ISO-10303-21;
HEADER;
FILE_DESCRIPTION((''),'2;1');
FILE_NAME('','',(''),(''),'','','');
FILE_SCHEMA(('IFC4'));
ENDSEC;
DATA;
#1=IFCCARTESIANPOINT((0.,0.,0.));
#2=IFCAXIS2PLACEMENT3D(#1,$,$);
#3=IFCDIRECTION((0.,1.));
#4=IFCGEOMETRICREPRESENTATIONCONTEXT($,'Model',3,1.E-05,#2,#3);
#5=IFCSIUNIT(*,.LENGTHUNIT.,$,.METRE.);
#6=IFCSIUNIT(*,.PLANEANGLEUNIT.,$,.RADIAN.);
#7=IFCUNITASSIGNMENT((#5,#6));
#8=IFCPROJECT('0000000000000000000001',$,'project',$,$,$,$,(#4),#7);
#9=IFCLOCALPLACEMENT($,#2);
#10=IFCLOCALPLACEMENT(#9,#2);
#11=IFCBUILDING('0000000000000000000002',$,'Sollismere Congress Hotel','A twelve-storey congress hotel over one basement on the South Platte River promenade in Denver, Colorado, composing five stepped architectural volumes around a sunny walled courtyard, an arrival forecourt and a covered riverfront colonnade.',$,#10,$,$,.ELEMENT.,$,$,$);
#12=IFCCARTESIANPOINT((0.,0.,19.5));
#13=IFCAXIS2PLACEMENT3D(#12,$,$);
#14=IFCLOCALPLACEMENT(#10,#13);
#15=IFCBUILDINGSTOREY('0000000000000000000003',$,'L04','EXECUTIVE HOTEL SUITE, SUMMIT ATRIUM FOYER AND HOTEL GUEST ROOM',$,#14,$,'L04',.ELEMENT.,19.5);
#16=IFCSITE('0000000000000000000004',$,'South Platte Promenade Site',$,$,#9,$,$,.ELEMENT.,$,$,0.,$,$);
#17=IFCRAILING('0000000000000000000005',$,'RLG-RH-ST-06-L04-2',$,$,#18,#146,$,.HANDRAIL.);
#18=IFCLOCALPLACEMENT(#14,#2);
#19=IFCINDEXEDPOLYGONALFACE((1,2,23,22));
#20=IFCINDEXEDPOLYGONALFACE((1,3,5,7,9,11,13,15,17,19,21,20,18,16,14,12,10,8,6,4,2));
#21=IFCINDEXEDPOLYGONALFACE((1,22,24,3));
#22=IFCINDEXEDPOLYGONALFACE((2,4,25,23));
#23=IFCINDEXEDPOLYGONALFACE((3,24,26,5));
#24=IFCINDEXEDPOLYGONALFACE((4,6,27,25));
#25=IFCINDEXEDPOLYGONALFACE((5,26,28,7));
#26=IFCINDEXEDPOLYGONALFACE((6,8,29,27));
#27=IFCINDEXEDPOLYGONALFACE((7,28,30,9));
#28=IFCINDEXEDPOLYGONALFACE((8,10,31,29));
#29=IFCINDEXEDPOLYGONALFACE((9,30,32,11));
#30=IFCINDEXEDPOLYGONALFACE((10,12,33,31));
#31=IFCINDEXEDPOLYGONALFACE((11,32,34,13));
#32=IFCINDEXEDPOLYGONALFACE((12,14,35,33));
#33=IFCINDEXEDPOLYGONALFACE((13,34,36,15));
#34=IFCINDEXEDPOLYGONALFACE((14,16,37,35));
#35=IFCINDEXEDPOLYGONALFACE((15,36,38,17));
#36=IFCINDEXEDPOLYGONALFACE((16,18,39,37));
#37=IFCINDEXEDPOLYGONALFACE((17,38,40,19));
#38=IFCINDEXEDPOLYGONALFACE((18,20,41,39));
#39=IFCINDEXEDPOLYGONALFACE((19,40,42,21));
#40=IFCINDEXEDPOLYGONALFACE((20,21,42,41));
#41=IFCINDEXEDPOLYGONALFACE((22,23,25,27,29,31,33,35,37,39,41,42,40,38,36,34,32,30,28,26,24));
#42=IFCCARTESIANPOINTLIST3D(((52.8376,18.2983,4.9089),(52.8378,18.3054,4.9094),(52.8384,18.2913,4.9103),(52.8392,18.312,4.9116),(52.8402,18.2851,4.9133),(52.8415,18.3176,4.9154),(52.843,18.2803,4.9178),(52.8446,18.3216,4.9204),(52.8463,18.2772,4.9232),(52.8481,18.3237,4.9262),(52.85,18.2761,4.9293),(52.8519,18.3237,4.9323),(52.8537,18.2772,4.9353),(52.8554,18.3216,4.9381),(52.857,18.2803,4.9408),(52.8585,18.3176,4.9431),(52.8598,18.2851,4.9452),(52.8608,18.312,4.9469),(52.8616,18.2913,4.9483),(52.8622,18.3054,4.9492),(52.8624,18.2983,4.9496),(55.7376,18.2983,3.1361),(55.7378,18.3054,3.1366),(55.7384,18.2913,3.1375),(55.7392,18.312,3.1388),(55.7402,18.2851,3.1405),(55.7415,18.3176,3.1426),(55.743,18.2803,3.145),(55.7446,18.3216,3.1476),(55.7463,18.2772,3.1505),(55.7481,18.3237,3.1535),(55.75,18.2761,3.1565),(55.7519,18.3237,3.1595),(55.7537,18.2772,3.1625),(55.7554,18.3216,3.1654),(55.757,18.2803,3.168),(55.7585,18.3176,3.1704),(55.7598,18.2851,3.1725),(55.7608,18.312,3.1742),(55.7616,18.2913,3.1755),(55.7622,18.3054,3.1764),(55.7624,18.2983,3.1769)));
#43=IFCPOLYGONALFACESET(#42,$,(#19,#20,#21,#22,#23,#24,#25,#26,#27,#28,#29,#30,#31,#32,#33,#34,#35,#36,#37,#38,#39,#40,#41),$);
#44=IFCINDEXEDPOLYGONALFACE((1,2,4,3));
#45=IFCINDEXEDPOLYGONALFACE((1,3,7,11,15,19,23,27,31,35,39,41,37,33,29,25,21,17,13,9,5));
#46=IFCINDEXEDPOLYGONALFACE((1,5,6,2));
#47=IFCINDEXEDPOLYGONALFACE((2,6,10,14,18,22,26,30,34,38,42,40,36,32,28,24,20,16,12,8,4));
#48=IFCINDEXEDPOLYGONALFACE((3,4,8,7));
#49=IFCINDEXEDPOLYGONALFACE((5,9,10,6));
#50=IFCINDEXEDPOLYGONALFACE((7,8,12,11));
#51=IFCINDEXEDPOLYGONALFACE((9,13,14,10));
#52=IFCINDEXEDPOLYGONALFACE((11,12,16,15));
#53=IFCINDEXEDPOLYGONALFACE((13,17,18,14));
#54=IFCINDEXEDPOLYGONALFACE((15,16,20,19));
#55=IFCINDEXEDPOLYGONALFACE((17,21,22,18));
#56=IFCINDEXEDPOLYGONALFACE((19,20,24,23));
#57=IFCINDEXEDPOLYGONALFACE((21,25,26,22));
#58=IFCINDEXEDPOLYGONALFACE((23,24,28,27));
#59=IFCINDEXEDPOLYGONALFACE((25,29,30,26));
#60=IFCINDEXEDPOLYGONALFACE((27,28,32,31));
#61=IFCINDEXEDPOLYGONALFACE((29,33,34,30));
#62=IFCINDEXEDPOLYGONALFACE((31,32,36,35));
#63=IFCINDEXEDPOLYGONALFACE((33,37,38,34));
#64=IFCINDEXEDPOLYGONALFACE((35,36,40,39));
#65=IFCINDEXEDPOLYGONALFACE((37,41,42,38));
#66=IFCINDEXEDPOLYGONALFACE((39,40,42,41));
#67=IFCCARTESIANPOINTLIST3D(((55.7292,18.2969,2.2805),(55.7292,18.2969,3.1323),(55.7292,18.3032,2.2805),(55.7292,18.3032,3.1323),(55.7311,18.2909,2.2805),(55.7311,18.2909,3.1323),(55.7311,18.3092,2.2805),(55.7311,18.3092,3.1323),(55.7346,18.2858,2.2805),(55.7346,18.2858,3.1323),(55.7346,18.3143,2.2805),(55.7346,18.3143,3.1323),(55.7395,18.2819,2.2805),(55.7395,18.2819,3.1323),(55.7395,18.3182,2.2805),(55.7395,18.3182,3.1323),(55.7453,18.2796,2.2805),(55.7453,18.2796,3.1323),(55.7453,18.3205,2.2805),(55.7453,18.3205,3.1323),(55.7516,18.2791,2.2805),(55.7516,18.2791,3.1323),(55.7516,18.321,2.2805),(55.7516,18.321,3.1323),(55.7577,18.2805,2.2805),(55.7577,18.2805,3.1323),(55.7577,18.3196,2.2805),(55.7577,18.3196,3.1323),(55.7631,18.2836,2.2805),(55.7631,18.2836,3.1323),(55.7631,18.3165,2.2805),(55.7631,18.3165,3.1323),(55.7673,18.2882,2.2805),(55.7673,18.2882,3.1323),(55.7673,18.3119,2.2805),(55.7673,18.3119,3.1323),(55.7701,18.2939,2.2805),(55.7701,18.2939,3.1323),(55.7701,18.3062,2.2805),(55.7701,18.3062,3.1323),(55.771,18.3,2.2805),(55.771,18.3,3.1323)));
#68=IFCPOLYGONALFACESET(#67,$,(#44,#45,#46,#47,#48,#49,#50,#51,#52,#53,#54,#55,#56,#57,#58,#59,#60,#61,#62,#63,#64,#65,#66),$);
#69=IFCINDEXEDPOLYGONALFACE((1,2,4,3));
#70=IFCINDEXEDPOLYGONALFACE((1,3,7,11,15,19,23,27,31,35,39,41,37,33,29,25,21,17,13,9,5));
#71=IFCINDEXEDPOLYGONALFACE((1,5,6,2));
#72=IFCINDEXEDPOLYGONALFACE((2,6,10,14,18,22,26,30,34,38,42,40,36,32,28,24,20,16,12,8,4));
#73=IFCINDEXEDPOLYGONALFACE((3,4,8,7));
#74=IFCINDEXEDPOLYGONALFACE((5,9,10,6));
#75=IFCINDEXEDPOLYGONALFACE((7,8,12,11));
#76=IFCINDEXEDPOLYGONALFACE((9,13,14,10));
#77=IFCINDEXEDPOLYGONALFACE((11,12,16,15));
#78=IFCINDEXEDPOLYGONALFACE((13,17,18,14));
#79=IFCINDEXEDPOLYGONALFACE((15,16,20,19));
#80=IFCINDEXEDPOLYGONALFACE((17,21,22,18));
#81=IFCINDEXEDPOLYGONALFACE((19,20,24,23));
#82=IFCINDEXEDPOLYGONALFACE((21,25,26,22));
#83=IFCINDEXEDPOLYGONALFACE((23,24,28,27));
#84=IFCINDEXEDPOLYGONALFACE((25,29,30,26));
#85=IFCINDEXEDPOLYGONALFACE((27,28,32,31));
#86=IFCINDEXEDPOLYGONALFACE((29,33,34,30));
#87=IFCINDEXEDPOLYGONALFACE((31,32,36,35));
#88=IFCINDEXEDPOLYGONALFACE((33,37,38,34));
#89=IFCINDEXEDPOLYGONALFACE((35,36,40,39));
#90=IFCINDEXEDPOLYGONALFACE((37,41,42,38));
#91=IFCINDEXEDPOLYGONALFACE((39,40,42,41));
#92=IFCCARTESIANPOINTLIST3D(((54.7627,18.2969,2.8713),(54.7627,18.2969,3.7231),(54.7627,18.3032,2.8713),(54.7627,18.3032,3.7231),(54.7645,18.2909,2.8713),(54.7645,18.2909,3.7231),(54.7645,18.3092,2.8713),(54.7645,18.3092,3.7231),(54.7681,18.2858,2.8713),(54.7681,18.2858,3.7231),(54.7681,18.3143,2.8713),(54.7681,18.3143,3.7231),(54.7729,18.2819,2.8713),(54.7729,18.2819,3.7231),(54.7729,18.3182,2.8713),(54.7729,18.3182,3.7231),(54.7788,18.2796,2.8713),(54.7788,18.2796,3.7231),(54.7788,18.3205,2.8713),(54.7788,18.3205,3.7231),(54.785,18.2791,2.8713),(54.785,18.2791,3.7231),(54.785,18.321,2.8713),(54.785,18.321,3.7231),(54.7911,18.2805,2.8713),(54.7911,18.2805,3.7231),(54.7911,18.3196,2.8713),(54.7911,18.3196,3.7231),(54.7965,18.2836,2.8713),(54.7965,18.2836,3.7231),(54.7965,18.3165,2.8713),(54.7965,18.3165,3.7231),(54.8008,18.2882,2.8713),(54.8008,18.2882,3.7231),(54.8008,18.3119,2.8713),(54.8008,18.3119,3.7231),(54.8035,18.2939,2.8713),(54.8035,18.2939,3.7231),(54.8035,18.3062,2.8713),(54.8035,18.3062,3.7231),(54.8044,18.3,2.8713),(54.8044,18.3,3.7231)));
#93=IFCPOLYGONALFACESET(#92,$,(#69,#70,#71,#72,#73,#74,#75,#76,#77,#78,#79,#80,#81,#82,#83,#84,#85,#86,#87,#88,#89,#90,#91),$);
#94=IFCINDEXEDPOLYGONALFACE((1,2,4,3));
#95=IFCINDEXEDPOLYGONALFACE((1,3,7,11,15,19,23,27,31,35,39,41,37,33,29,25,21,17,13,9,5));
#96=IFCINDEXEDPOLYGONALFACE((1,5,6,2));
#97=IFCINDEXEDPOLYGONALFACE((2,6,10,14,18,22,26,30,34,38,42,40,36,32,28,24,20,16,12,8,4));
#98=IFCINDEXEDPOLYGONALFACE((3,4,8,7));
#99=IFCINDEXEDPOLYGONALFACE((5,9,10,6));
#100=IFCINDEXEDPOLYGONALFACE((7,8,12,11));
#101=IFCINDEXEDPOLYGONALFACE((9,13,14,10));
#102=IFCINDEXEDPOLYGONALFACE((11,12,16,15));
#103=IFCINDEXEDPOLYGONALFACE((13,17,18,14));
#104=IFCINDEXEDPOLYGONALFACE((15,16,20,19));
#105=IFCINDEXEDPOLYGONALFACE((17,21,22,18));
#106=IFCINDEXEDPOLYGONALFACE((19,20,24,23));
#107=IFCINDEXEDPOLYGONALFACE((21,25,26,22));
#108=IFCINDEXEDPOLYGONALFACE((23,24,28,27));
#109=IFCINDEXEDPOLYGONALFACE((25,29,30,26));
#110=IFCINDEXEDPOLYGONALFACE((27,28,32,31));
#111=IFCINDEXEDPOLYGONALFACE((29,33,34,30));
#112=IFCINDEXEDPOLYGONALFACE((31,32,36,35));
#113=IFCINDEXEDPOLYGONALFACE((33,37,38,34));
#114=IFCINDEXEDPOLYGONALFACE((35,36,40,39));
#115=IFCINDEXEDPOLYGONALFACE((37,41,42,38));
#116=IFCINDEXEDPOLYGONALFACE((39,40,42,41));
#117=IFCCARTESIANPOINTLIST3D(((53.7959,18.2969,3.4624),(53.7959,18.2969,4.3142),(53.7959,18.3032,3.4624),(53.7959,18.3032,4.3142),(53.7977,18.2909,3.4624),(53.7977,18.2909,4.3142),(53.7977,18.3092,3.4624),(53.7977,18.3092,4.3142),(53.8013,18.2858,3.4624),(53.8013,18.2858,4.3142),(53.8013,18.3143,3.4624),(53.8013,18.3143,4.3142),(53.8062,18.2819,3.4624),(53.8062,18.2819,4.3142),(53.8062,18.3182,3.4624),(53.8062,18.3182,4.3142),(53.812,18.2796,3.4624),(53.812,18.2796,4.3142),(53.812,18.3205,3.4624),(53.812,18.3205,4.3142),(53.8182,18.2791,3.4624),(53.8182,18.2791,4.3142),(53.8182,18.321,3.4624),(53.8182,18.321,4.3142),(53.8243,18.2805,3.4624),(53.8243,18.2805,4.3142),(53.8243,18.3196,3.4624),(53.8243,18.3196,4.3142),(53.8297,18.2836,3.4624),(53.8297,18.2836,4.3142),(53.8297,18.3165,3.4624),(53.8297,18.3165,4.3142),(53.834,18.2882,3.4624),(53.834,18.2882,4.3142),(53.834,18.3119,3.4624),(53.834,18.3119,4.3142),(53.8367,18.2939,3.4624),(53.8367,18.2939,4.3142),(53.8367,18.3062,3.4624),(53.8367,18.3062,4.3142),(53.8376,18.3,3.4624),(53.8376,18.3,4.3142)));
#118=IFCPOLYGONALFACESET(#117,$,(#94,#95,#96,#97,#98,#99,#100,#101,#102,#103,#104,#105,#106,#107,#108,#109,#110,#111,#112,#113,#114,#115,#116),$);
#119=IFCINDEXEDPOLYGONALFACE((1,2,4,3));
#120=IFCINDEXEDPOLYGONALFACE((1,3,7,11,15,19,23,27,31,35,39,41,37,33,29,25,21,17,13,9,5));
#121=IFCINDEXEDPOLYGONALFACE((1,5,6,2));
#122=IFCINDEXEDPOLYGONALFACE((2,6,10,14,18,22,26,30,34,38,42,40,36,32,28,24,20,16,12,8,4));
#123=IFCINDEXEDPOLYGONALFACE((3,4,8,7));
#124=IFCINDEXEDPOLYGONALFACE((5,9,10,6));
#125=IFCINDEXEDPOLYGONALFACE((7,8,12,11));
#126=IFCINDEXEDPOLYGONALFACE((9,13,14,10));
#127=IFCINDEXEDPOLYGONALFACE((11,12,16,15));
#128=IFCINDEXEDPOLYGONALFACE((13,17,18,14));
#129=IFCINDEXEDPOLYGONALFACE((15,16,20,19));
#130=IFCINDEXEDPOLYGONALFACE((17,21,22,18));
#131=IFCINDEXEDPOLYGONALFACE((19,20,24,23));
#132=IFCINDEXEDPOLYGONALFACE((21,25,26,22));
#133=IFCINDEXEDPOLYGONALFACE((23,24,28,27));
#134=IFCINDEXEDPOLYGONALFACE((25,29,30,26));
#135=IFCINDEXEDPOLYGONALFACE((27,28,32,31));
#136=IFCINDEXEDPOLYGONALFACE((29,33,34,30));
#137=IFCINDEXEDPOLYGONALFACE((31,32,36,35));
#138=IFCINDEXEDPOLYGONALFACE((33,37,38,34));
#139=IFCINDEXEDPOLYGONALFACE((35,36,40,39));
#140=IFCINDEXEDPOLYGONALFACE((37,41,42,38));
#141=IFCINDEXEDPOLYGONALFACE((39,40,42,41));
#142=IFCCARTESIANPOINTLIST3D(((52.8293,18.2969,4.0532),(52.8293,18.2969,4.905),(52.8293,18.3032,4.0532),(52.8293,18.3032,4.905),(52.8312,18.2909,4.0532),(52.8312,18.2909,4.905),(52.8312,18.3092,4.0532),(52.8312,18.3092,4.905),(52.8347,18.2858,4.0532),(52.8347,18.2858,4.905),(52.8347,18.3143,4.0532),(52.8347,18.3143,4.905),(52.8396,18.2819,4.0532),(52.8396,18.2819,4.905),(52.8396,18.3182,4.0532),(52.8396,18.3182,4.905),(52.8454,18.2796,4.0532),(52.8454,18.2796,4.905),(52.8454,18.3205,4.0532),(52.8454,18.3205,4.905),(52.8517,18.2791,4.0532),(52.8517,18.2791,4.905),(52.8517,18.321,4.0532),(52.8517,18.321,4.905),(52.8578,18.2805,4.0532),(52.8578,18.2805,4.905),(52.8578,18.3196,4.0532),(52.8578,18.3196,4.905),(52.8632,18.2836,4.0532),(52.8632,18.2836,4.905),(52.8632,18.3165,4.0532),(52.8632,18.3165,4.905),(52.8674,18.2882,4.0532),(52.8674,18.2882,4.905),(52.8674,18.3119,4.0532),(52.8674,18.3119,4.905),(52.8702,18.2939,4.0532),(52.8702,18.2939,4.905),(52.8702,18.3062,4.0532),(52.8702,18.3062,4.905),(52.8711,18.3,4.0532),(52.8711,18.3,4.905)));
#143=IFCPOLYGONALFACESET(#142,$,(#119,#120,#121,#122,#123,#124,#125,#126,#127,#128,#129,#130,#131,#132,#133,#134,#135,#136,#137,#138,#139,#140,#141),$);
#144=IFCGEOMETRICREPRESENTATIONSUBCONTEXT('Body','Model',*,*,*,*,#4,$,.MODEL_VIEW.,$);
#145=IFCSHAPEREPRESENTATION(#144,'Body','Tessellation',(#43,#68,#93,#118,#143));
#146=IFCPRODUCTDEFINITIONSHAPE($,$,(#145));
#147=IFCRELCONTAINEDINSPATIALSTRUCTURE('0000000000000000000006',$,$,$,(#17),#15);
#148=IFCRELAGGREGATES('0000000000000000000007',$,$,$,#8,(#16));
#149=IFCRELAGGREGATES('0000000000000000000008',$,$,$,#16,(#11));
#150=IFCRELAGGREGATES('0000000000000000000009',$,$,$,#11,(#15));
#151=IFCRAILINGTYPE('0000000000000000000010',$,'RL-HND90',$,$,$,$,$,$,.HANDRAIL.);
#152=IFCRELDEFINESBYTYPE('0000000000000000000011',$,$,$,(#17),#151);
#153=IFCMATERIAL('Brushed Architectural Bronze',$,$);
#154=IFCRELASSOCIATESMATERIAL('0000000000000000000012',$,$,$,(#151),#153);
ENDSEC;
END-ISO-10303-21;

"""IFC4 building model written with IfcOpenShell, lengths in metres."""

from ifc_helpers import new_model, si_unit, direction, frame, origin, origin_2d, place, context, subcontext, project, spatial, circle, extrude, material, type_object, element, save


model = new_model("IFC4")

# Units and contexts
model_context = context("Model", 3, precision=1e-05, world=origin(), true_north=direction((0.0, 1.0)))
body_context = subcontext(model_context, "Body", "Model", "MODEL_VIEW")
ifc_project = project(units=[si_unit("LENGTHUNIT", "METRE"), si_unit("PLANEANGLEUNIT", "RADIAN")], contexts=[model_context])

# Site, building, storey
site_placement = place(None, origin())
site = spatial("IfcSite", under=ifc_project, at=site_placement, Name="South Platte Promenade Site", CompositionType="ELEMENT", RefElevation=0.0)
building_placement = place(site_placement, origin())
building = spatial("IfcBuilding", under=site, at=building_placement, Name="Sollismere Congress Hotel", Description="A twelve-storey congress hotel over one basement on the South Platte River promenade in Denver, Colorado, composing five stepped architectural volumes around a sunny walled courtyard, an arrival forecourt and a covered riverfront colonnade.", CompositionType="ELEMENT")
storey_placement = place(building_placement, frame((0.0, 0.0, 19.5)))
storey = spatial("IfcBuildingStorey", under=building, at=storey_placement, Name="L04", Description="EXECUTIVE HOTEL SUITE, SUMMIT ATRIUM FOYER AND HOTEL GUEST ROOM", LongName="L04", CompositionType="ELEMENT", Elevation=19.5)

# Railing
ifc_material_1 = material(Name="Brushed Architectural Bronze")
railing_type_1 = type_object("IfcRailingType", Name="RL-HND90", PredefinedType="HANDRAIL", material=ifc_material_1)
railing_1_placement = place(storey_placement, frame((55.75, 18.3, 2.2805)))
element("IfcRailing", 1, at=railing_1_placement, inside=storey, type_object=railing_type_1, Name="RLG-RH-ST-06-L04-2", PredefinedType="HANDRAIL", context=body_context, shape_type="SweptSolid", body=[
    extrude(circle(Radius=0.0239, at=origin_2d()), frame((0.0, 0.0, 0.876), z_axis=(-0.853211, 0.0, 0.521566), x_axis=(0.0, -1.0, 0.0)), (0.0, 0.0, 1.0), 3.3989),
    extrude(circle(Radius=0.021, at=origin_2d()), origin(), (0.0, 0.0, 1.0), 0.8518),
    extrude(circle(Radius=0.021, at=origin_2d()), frame((-0.9666, 0.0, 0.5908)), (0.0, 0.0, 1.0), 0.8518),
    extrude(circle(Radius=0.021, at=origin_2d()), frame((-1.9333, 0.0, 1.1819)), (0.0, 0.0, 1.0), 0.8518),
    extrude(circle(Radius=0.021, at=origin_2d()), frame((-2.8999, 0.0, 1.7727)), (0.0, 0.0, 1.0), 0.8518),
])

save(model, "model.ifc")
